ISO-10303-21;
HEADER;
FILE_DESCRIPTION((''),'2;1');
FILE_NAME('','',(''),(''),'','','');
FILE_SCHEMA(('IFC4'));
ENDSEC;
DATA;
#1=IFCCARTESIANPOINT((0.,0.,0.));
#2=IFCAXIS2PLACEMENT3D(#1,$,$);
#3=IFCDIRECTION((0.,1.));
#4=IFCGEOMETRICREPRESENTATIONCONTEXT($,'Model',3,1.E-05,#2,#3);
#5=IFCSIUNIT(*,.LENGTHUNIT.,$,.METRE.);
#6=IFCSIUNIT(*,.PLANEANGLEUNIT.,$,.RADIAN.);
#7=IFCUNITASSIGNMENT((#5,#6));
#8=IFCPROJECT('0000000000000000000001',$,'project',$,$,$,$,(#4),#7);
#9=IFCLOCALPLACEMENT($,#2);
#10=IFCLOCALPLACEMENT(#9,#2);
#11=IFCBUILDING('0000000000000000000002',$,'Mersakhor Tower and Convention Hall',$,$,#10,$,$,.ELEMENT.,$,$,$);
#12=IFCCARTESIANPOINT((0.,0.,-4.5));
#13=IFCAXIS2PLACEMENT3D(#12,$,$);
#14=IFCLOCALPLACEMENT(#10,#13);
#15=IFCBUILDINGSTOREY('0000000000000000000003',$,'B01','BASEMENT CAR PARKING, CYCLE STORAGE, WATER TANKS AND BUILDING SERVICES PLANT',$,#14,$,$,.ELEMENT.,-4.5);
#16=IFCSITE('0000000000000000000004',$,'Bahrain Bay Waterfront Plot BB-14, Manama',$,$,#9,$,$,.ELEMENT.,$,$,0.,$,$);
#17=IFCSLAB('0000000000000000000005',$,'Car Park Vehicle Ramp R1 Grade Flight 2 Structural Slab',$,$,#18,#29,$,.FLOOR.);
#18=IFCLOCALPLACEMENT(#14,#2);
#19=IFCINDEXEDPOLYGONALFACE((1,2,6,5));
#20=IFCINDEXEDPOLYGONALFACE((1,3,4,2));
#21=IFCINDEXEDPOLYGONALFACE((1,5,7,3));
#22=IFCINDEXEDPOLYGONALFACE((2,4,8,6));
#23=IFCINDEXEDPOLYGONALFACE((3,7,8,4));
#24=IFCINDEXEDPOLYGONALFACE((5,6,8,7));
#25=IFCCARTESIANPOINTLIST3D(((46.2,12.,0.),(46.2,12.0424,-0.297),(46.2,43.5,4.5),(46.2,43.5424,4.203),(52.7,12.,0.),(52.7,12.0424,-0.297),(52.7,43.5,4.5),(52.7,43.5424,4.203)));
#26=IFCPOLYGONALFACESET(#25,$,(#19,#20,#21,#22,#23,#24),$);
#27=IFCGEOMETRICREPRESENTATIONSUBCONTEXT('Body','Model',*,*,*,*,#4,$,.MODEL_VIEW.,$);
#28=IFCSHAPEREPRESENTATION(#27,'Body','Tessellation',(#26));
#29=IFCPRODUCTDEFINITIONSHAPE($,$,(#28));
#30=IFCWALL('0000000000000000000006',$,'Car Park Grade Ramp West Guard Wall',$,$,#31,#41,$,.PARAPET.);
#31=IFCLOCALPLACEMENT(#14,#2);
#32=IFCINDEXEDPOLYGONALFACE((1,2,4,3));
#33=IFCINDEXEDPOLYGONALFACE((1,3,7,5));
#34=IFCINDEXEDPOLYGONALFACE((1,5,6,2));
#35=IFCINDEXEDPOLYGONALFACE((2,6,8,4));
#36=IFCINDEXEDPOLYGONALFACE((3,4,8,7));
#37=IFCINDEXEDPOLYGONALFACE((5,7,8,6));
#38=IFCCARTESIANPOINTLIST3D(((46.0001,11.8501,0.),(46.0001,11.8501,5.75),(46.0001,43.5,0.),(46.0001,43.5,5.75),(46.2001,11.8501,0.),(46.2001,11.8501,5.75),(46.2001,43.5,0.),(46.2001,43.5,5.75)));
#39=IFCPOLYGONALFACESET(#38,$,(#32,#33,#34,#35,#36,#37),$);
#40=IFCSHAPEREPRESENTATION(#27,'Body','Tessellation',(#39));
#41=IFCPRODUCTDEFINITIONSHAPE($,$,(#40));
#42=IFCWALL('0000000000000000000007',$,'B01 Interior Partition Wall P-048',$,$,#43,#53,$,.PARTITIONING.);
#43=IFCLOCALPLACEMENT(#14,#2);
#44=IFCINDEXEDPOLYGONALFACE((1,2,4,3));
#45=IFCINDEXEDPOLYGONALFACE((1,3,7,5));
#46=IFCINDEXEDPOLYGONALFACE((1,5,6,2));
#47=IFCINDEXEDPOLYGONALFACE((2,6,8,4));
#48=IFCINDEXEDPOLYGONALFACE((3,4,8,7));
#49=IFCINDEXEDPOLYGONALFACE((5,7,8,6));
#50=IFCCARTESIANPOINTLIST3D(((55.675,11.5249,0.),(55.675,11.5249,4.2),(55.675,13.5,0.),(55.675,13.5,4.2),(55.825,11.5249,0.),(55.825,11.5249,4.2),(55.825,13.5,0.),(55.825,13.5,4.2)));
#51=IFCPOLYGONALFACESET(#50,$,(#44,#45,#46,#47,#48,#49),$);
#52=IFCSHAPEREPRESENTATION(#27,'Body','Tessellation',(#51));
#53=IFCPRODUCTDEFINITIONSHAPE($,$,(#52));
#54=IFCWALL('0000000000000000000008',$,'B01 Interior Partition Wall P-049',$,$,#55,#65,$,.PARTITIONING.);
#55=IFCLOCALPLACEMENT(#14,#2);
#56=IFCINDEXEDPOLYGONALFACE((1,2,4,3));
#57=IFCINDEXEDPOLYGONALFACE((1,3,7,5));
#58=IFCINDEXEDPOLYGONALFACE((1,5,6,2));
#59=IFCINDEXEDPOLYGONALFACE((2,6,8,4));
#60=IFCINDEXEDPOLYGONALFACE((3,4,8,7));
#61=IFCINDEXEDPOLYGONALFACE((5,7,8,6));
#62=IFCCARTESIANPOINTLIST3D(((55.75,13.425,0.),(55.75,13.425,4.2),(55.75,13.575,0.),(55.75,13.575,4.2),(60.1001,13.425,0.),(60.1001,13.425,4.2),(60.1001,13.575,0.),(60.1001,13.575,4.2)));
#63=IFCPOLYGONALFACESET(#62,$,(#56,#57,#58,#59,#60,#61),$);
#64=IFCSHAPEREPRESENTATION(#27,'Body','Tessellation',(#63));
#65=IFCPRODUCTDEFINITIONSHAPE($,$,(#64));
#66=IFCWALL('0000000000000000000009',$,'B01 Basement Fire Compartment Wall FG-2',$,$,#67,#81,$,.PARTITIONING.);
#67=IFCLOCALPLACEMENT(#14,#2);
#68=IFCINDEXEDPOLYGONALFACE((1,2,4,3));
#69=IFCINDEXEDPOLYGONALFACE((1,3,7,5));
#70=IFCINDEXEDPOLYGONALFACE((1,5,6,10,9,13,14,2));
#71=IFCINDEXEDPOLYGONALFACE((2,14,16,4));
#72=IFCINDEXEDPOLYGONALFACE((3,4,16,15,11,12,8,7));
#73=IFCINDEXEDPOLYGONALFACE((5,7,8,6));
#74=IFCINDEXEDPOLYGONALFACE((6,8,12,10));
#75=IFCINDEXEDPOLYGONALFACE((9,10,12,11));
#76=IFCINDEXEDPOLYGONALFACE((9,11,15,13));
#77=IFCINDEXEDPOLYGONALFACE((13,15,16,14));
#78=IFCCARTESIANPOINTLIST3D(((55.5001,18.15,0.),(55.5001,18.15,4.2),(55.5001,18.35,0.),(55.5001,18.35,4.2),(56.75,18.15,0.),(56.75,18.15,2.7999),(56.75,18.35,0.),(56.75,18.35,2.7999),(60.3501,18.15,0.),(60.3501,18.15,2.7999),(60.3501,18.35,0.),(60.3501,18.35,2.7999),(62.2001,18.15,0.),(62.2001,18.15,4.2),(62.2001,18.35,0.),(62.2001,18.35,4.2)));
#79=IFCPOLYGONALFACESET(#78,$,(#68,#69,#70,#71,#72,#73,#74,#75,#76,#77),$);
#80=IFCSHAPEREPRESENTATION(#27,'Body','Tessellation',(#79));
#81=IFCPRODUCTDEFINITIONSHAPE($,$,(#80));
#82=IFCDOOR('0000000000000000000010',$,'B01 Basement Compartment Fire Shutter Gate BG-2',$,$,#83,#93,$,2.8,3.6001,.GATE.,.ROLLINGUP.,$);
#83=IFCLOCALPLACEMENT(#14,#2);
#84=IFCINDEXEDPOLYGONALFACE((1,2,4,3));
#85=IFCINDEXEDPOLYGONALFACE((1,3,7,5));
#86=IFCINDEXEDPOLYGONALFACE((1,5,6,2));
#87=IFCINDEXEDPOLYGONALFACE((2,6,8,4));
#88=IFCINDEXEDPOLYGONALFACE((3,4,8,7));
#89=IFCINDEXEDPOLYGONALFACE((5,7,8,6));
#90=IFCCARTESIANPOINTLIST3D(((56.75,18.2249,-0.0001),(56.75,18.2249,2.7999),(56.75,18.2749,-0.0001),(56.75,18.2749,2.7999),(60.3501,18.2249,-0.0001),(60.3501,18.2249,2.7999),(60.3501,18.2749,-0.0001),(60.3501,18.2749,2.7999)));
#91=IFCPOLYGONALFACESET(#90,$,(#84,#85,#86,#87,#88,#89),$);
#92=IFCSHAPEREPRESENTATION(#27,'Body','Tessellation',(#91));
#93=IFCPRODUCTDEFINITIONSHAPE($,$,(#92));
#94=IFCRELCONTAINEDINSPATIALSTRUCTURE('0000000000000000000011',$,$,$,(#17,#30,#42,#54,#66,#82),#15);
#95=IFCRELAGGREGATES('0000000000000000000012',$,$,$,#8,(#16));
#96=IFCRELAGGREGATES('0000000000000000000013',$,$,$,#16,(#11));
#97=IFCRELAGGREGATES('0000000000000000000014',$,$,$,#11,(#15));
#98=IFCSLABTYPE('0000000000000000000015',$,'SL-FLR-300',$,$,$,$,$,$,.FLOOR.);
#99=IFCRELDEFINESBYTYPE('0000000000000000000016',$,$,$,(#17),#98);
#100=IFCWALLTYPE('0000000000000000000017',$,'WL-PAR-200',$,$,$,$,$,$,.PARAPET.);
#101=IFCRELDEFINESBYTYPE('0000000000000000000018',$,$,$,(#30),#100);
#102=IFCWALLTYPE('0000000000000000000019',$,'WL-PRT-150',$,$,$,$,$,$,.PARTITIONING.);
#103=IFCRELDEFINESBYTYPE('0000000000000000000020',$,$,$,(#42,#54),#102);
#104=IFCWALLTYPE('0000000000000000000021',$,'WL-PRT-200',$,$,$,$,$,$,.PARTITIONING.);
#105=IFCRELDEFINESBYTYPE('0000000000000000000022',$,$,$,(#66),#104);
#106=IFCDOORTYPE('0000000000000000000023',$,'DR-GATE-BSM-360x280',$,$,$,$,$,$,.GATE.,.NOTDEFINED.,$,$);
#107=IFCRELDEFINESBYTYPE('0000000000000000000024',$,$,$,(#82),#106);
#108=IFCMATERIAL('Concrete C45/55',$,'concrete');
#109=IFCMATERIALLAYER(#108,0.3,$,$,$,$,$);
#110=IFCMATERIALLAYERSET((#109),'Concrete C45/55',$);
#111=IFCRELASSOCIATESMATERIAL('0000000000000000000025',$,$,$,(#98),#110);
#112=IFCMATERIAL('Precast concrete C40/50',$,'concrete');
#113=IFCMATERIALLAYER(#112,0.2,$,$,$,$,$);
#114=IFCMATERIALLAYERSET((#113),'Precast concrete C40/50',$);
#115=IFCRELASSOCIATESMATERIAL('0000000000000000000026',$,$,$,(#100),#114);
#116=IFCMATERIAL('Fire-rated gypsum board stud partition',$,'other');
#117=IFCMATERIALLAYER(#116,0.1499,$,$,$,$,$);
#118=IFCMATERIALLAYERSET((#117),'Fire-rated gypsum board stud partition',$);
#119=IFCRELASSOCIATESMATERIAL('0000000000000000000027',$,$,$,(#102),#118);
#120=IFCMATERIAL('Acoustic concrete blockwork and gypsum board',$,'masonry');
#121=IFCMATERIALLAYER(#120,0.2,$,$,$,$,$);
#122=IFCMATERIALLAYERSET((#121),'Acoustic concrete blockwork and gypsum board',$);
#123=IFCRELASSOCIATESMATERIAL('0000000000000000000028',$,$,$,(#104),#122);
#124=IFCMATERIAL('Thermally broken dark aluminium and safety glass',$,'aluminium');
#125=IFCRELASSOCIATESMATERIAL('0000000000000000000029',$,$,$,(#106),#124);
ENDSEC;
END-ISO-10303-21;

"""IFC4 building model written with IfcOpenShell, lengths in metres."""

from ifc_helpers import new_model, si_unit, direction, frame, frame_2d, origin, place, context, subcontext, project, spatial, polyline, rectangle, outline, extrude, material, layer, layer_set, type_object, element, fill, save


model = new_model("IFC4")

# Units and contexts
model_context = context("Model", 3, precision=1e-05, world=origin(), true_north=direction((0.0, 1.0)))
body_context = subcontext(model_context, "Body", "Model", "MODEL_VIEW")
ifc_project = project(units=[si_unit("LENGTHUNIT", "METRE"), si_unit("PLANEANGLEUNIT", "RADIAN")], contexts=[model_context])

# Site, building, storey
site_placement = place(None, origin())
site = spatial("IfcSite", under=ifc_project, at=site_placement, Name="Bahrain Bay Waterfront Plot BB-14, Manama", CompositionType="ELEMENT", RefElevation=0.0)
building_placement = place(site_placement, origin())
building = spatial("IfcBuilding", under=site, at=building_placement, Name="Mersakhor Tower and Convention Hall", CompositionType="ELEMENT")
storey_placement = place(building_placement, frame((0.0, 0.0, -4.5)))
storey = spatial("IfcBuildingStorey", under=building, at=storey_placement, Name="B01", Description="BASEMENT CAR PARKING, CYCLE STORAGE, WATER TANKS AND BUILDING SERVICES PLANT", CompositionType="ELEMENT", Elevation=-4.5)

# Slab
ifc_material_1 = material(Name="Concrete C45/55", Category="concrete")
ifc_layer_1 = layer(ifc_material_1, 0.3)
ifc_layer_set_1 = layer_set([ifc_layer_1], Name="Concrete C45/55")
slab_type = type_object("IfcSlabType", Name="SL-FLR-300", PredefinedType="FLOOR", material=ifc_layer_set_1)
slab_placement = place(storey_placement, frame((46.2, 12.0, 0.0), z_axis=(0.0, -0.141421, 0.989949), x_axis=(1.0, 0.0, 0.0)))
element("IfcSlab", 1, at=slab_placement, inside=storey, type_object=slab_type, Name="Car Park Vehicle Ramp R1 Grade Flight 2 Structural Slab", PredefinedType="FLOOR", context=body_context, shape_type="SweptSolid", body=[
    extrude(outline(polyline([(0.0, 0.0), (6.5, 0.0), (6.5, 31.8198), (0.0, 31.8198), (0.0, 0.0)])), origin(), (0.0, 0.0, -1.0), 0.3),
])

# Wall
ifc_material_2 = material(Name="Precast concrete C40/50", Category="concrete")
ifc_layer_2 = layer(ifc_material_2, 0.2)
ifc_layer_set_2 = layer_set([ifc_layer_2], Name="Precast concrete C40/50")
wall_type_1 = type_object("IfcWallType", Name="WL-PAR-200", PredefinedType="PARAPET", material=ifc_layer_set_2)
wall_1_placement = place(storey_placement, frame((46.1001, 11.8501, 0.0), z_axis=(0.0, 0.0, 1.0), x_axis=(0.0, 1.0, 0.0)))
element("IfcWall", 2, at=wall_1_placement, inside=storey, type_object=wall_type_1, Name="Car Park Grade Ramp West Guard Wall", PredefinedType="PARAPET", context=body_context, shape_type="SweptSolid", body=[
    extrude(rectangle(XDim=31.6499, YDim=0.2, at=frame_2d((15.825, 0.0))), origin(), (0.0, 0.0, 1.0), 5.75),
])

# Shared definitions
ifc_material_3 = material(Name="Fire-rated gypsum board stud partition", Category="other")
ifc_layer_3 = layer(ifc_material_3, 0.1499)
ifc_layer_set_3 = layer_set([ifc_layer_3], Name="Fire-rated gypsum board stud partition")
wall_type_2 = type_object("IfcWallType", Name="WL-PRT-150", PredefinedType="PARTITIONING", material=ifc_layer_set_3)

# Walls
wall_2_placement = place(storey_placement, frame((55.75, 11.5249, 0.0), z_axis=(0.0, 0.0, 1.0), x_axis=(0.0, 1.0, 0.0)))
element("IfcWall", 3, at=wall_2_placement, inside=storey, type_object=wall_type_2, Name="B01 Interior Partition Wall P-048", PredefinedType="PARTITIONING", context=body_context, shape_type="SweptSolid", body=[
    extrude(rectangle(XDim=1.9751, YDim=0.1499, at=frame_2d((0.9875, 0.0))), origin(), (0.0, 0.0, 1.0), 4.2),
])
wall_3_placement = place(storey_placement, frame((55.75, 13.5, 0.0), z_axis=(0.0, 0.0, 1.0), x_axis=(1.0, 0.0, 0.0)))
element("IfcWall", 4, at=wall_3_placement, inside=storey, type_object=wall_type_2, Name="B01 Interior Partition Wall P-049", PredefinedType="PARTITIONING", context=body_context, shape_type="SweptSolid", body=[
    extrude(rectangle(XDim=4.3501, YDim=0.1499, at=frame_2d((2.175, 0.0))), origin(), (0.0, 0.0, 1.0), 4.2),
])

# Wall, opening, door
ifc_material_4 = material(Name="Acoustic concrete blockwork and gypsum board", Category="masonry")
ifc_layer_4 = layer(ifc_material_4, 0.2)
ifc_layer_set_4 = layer_set([ifc_layer_4], Name="Acoustic concrete blockwork and gypsum board")
wall_type_3 = type_object("IfcWallType", Name="WL-PRT-200", PredefinedType="PARTITIONING", material=ifc_layer_set_4)
wall_4_placement = place(storey_placement, frame((55.5, 18.25, 0.0), z_axis=(0.0, 0.0, 1.0), x_axis=(1.0, 0.0, 0.0)))
wall_4 = element("IfcWall", 5, at=wall_4_placement, inside=storey, type_object=wall_type_3, Name="B01 Basement Fire Compartment Wall FG-2", PredefinedType="PARTITIONING", context=body_context, shape_type="SweptSolid", body=[
    extrude(rectangle(XDim=6.7, YDim=0.2, at=frame_2d((3.3501, 0.0))), origin(), (0.0, 0.0, 1.0), 4.2),
])
opening_1_placement = place(wall_4_placement, frame((1.25, 0.0, 0.0)))
opening_1 = element("IfcOpeningElement", 6, at=opening_1_placement, cuts=wall_4, PredefinedType="OPENING", context=body_context, shape_type="SweptSolid", body=[
    extrude(rectangle(XDim=3.6001, YDim=2.8, at=frame_2d((1.8, 1.3999))), frame((0.0, 0.1099, 0.0), z_axis=(0.0, -1.0, 0.0), x_axis=(1.0, 0.0, 0.0)), (0.0, 0.0, 1.0), 0.22),
])
ifc_material_5 = material(Name="Thermally broken dark aluminium and safety glass", Category="aluminium")
door_type_1 = type_object("IfcDoorType", Name="DR-GATE-BSM-360x280", OperationType="NOTDEFINED", PredefinedType="GATE", material=ifc_material_5)
door_1_placement = place(opening_1_placement, origin())
door_1 = element("IfcDoor", 7, at=door_1_placement, inside=storey, type_object=door_type_1, Name="B01 Basement Compartment Fire Shutter Gate BG-2", OperationType="ROLLINGUP", OverallHeight=2.8, OverallWidth=3.6001, PredefinedType="GATE", context=body_context, shape_type="SweptSolid", body=[
    extrude(rectangle(XDim=3.6001, YDim=2.8, at=frame_2d((1.8, 1.3999))), frame((0.0, 0.0249, 0.0), z_axis=(0.0, -1.0, 0.0), x_axis=(1.0, 0.0, 0.0)), (0.0, 0.0, 1.0), 0.05),
])
fill(opening_1, door_1)

save(model, "model.ifc")
